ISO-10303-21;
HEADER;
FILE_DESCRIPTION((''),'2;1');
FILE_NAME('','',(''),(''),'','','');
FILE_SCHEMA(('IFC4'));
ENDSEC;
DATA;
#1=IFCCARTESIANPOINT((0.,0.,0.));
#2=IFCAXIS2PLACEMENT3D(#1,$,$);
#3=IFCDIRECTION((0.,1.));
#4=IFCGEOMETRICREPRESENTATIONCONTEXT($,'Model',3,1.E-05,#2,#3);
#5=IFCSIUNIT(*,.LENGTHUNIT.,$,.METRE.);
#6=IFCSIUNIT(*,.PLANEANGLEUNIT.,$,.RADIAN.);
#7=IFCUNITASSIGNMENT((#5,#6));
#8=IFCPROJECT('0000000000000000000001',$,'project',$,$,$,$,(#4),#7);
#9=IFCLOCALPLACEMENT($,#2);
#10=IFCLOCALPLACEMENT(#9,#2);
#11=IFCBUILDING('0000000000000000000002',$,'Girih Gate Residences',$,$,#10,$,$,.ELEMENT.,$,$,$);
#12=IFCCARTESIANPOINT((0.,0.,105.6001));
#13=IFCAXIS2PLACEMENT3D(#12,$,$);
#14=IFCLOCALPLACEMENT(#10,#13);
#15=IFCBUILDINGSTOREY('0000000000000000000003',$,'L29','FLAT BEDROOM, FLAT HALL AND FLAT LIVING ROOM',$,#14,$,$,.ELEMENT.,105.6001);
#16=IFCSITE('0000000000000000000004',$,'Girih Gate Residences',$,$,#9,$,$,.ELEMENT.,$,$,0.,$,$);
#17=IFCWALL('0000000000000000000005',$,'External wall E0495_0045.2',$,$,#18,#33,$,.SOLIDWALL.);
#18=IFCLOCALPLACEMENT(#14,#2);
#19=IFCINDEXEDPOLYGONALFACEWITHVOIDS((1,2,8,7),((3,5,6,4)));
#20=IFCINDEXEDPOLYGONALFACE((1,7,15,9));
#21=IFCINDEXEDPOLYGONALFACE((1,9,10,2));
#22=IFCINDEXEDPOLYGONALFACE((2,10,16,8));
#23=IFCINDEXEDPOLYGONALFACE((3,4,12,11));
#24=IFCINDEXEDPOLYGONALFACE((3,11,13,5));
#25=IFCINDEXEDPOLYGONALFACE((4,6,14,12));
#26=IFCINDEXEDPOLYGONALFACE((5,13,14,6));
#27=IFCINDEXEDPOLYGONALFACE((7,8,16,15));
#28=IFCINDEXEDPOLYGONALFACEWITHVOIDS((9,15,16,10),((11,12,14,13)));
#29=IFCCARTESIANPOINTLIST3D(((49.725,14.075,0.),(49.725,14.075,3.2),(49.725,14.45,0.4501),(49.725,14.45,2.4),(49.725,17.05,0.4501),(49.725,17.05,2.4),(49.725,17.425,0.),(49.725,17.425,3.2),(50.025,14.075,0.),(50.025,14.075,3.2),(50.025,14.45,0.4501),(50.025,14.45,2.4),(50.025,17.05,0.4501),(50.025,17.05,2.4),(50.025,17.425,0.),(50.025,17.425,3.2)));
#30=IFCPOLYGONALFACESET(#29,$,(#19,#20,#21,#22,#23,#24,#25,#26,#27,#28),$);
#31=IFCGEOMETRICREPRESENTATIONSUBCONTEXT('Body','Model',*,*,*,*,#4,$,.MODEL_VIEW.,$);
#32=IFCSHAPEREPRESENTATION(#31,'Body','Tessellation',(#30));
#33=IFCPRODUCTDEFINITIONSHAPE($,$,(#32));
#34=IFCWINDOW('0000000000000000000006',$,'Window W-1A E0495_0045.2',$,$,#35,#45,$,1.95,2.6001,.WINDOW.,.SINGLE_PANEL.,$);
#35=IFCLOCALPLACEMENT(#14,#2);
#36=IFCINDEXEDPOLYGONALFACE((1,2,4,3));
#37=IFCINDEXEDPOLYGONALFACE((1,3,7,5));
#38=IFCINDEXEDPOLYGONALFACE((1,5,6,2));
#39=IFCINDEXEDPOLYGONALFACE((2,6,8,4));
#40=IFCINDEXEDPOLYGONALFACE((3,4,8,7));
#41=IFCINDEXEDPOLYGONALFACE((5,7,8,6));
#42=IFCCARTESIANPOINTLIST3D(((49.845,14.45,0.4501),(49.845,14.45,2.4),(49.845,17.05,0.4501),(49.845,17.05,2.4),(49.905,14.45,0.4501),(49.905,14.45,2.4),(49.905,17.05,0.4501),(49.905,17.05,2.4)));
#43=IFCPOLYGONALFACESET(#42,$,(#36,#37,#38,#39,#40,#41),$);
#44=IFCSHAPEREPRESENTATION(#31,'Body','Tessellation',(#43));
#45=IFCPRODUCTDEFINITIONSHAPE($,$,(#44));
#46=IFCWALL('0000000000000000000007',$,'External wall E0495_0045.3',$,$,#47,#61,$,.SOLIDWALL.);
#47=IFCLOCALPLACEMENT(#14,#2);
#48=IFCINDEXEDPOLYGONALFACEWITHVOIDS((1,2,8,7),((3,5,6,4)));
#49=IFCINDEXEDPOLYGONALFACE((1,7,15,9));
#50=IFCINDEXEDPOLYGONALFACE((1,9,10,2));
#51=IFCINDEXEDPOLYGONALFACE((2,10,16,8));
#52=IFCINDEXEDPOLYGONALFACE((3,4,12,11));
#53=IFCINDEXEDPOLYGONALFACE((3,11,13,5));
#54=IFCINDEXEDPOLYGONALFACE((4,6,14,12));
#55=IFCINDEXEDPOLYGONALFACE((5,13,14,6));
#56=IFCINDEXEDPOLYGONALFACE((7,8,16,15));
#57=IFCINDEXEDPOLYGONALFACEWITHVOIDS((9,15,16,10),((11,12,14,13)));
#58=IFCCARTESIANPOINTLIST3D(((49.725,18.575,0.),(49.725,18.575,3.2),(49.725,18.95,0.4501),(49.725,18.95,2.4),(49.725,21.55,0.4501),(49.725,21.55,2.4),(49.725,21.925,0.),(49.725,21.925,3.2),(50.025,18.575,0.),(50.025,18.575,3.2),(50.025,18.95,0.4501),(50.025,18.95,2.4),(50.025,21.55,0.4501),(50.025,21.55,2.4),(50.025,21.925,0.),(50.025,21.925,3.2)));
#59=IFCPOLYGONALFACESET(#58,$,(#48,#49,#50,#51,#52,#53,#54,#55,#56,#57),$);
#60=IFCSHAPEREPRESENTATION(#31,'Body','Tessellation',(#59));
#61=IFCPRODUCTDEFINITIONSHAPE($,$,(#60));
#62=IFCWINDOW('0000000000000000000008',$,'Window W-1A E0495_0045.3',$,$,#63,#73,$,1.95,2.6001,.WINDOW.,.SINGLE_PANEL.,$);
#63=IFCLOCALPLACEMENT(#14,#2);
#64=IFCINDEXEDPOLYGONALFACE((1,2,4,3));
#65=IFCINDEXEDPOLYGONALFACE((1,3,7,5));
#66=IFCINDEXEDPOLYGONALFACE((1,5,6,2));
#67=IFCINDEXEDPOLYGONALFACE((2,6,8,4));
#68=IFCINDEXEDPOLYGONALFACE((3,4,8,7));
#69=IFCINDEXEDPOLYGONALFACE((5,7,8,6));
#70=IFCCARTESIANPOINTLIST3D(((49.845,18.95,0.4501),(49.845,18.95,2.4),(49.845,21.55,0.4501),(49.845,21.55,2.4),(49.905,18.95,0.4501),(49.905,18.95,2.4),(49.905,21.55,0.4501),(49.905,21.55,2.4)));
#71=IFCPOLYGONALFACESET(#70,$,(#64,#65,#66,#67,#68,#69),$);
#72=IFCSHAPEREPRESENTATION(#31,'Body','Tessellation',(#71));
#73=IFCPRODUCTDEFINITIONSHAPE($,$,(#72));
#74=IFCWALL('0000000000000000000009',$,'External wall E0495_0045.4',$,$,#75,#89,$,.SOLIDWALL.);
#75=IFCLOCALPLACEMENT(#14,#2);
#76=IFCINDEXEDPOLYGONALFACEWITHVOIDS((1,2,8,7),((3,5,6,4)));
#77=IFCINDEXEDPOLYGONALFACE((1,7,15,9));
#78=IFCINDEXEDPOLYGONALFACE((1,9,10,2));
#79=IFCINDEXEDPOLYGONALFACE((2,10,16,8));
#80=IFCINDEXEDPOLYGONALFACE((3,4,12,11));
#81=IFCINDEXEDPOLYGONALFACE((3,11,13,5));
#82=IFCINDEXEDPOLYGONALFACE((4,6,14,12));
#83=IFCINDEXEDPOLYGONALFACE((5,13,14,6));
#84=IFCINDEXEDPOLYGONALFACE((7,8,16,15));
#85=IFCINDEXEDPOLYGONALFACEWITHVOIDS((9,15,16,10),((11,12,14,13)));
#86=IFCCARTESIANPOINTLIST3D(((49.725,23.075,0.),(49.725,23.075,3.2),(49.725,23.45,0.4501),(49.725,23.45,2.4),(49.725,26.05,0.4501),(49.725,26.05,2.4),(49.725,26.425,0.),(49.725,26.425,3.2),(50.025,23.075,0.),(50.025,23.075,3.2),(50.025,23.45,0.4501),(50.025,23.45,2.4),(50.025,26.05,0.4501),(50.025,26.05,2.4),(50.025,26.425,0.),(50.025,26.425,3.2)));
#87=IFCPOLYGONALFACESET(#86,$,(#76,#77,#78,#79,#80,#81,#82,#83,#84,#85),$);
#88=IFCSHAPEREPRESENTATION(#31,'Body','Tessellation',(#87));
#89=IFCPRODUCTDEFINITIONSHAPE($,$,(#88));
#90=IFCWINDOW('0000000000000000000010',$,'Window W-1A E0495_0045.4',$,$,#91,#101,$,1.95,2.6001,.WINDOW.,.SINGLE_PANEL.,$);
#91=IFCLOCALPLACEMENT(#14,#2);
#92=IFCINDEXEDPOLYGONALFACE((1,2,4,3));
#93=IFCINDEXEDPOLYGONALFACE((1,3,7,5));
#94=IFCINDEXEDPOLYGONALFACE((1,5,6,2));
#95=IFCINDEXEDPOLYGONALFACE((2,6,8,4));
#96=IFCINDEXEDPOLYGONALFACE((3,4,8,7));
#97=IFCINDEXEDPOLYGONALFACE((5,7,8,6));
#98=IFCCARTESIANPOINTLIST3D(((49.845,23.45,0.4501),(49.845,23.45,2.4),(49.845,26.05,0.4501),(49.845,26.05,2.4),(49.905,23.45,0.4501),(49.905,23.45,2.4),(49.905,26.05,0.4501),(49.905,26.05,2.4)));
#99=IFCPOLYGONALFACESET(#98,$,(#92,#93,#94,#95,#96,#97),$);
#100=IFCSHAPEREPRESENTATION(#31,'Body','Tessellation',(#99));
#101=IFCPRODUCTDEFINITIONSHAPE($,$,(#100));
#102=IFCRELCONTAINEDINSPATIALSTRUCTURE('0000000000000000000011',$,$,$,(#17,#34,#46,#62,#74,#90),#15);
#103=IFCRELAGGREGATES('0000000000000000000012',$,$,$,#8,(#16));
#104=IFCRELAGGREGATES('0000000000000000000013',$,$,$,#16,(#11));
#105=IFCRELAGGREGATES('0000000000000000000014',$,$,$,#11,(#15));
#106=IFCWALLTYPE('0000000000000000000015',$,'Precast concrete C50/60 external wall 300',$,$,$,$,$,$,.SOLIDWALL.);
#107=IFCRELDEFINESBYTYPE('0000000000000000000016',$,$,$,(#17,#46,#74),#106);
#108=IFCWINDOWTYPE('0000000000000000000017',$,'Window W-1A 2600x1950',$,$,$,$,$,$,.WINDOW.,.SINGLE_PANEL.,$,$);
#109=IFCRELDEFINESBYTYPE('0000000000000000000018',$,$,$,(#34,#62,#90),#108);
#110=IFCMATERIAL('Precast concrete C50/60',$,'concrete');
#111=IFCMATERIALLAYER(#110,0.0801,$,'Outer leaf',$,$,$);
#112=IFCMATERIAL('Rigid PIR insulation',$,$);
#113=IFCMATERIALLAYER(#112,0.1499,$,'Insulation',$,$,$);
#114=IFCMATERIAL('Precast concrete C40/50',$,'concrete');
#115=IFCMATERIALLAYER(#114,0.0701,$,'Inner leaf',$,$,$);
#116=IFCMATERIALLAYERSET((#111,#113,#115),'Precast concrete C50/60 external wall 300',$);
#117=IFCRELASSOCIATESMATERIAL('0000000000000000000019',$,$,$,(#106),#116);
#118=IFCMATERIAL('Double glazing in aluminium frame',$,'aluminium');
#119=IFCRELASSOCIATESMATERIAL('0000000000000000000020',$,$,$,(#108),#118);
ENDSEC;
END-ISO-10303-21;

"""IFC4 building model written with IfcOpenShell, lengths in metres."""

from ifc_helpers import new_model, si_unit, direction, frame, frame_2d, origin, place, context, subcontext, project, spatial, rectangle, extrude, material, layer, layer_set, type_object, element, fill, save


model = new_model("IFC4")

# Units and contexts
model_context = context("Model", 3, precision=1e-05, world=origin(), true_north=direction((0.0, 1.0)))
body_context = subcontext(model_context, "Body", "Model", "MODEL_VIEW")
ifc_project = project(units=[si_unit("LENGTHUNIT", "METRE"), si_unit("PLANEANGLEUNIT", "RADIAN")], contexts=[model_context])

# Site, building, storey
site_placement = place(None, origin())
site = spatial("IfcSite", under=ifc_project, at=site_placement, Name="Girih Gate Residences", CompositionType="ELEMENT", RefElevation=0.0)
building_placement = place(site_placement, origin())
building = spatial("IfcBuilding", under=site, at=building_placement, Name="Girih Gate Residences", CompositionType="ELEMENT")
storey_placement = place(building_placement, frame((0.0, 0.0, 105.6001)))
storey = spatial("IfcBuildingStorey", under=building, at=storey_placement, Name="L29", Description="FLAT BEDROOM, FLAT HALL AND FLAT LIVING ROOM", CompositionType="ELEMENT", Elevation=105.6001)

# Walls, openings, windows
ifc_material_1 = material(Name="Precast concrete C50/60", Category="concrete")
ifc_layer_1 = layer(ifc_material_1, 0.0801, Name="Outer leaf")
ifc_material_2 = material(Name="Rigid PIR insulation")
ifc_layer_2 = layer(ifc_material_2, 0.1499, Name="Insulation")
ifc_material_3 = material(Name="Precast concrete C40/50", Category="concrete")
ifc_layer_3 = layer(ifc_material_3, 0.0701, Name="Inner leaf")
ifc_layer_set_1 = layer_set([ifc_layer_1, ifc_layer_2, ifc_layer_3], Name="Precast concrete C50/60 external wall 300")
wall_type_1 = type_object("IfcWallType", Name="Precast concrete C50/60 external wall 300", PredefinedType="SOLIDWALL", material=ifc_layer_set_1)
wall_1_placement = place(storey_placement, frame((49.875, 17.425, 0.0), z_axis=(0.0, 0.0, 1.0), x_axis=(0.0, -1.0, 0.0)))
wall_1 = element("IfcWall", 1, at=wall_1_placement, inside=storey, type_object=wall_type_1, Name="External wall E0495_0045.2", PredefinedType="SOLIDWALL", context=body_context, shape_type="SweptSolid", body=[
    extrude(rectangle(XDim=3.3501, YDim=0.3, at=frame_2d((1.675, 0.0))), origin(), (0.0, 0.0, 1.0), 3.2),
])
opening_1_placement = place(wall_1_placement, frame((0.375, 0.0, 0.45)))
opening_1 = element("IfcOpeningElement", 2, at=opening_1_placement, cuts=wall_1, PredefinedType="OPENING", context=body_context, shape_type="SweptSolid", body=[
    extrude(rectangle(XDim=2.6001, YDim=1.95, at=frame_2d((1.3, 0.9751))), frame((0.0, 0.1599, 0.0), z_axis=(0.0, -1.0, 0.0), x_axis=(1.0, 0.0, 0.0)), (0.0, 0.0, 1.0), 0.3201),
])
ifc_material_4 = material(Name="Double glazing in aluminium frame", Category="aluminium")
window_type = type_object("IfcWindowType", Name="Window W-1A 2600x1950", PartitioningType="SINGLE_PANEL", PredefinedType="WINDOW", material=ifc_material_4)
window_1_placement = place(opening_1_placement, origin())
window_1 = element("IfcWindow", 3, at=window_1_placement, inside=storey, type_object=window_type, Name="Window W-1A E0495_0045.2", OverallHeight=1.95, OverallWidth=2.6001, PartitioningType="SINGLE_PANEL", PredefinedType="WINDOW", context=body_context, shape_type="SweptSolid", body=[
    extrude(rectangle(XDim=2.6001, YDim=1.95, at=frame_2d((1.3, 0.9751))), frame((0.0, 0.03, 0.0), z_axis=(0.0, -1.0, 0.0), x_axis=(1.0, 0.0, 0.0)), (0.0, 0.0, 1.0), 0.0601),
])
fill(opening_1, window_1)
wall_2_placement = place(storey_placement, frame((49.875, 21.925, 0.0), z_axis=(0.0, 0.0, 1.0), x_axis=(0.0, -1.0, 0.0)))
wall_2 = element("IfcWall", 4, at=wall_2_placement, inside=storey, type_object=wall_type_1, Name="External wall E0495_0045.3", PredefinedType="SOLIDWALL", context=body_context, shape_type="SweptSolid", body=[
    extrude(rectangle(XDim=3.3501, YDim=0.3, at=frame_2d((1.675, 0.0))), origin(), (0.0, 0.0, 1.0), 3.2),
])
opening_2_placement = place(wall_2_placement, frame((0.375, 0.0, 0.45)))
opening_2 = element("IfcOpeningElement", 5, at=opening_2_placement, cuts=wall_2, PredefinedType="OPENING", context=body_context, shape_type="SweptSolid", body=[
    extrude(rectangle(XDim=2.6001, YDim=1.95, at=frame_2d((1.3, 0.9751))), frame((0.0, 0.1599, 0.0), z_axis=(0.0, -1.0, 0.0), x_axis=(1.0, 0.0, 0.0)), (0.0, 0.0, 1.0), 0.3201),
])
window_2_placement = place(opening_2_placement, origin())
window_2 = element("IfcWindow", 6, at=window_2_placement, inside=storey, type_object=window_type, Name="Window W-1A E0495_0045.3", OverallHeight=1.95, OverallWidth=2.6001, PartitioningType="SINGLE_PANEL", PredefinedType="WINDOW", context=body_context, shape_type="SweptSolid", body=[
    extrude(rectangle(XDim=2.6001, YDim=1.95, at=frame_2d((1.3, 0.9751))), frame((0.0, 0.03, 0.0), z_axis=(0.0, -1.0, 0.0), x_axis=(1.0, 0.0, 0.0)), (0.0, 0.0, 1.0), 0.0601),
])
fill(opening_2, window_2)
wall_3_placement = place(storey_placement, frame((49.875, 26.425, 0.0), z_axis=(0.0, 0.0, 1.0), x_axis=(0.0, -1.0, 0.0)))
wall_3 = element("IfcWall", 7, at=wall_3_placement, inside=storey, type_object=wall_type_1, Name="External wall E0495_0045.4", PredefinedType="SOLIDWALL", context=body_context, shape_type="SweptSolid", body=[
    extrude(rectangle(XDim=3.3501, YDim=0.3, at=frame_2d((1.675, 0.0))), origin(), (0.0, 0.0, 1.0), 3.2),
])
opening_3_placement = place(wall_3_placement, frame((0.375, 0.0, 0.45)))
opening_3 = element("IfcOpeningElement", 8, at=opening_3_placement, cuts=wall_3, PredefinedType="OPENING", context=body_context, shape_type="SweptSolid", body=[
    extrude(rectangle(XDim=2.6001, YDim=1.95, at=frame_2d((1.3, 0.9751))), frame((0.0, 0.1599, 0.0), z_axis=(0.0, -1.0, 0.0), x_axis=(1.0, 0.0, 0.0)), (0.0, 0.0, 1.0), 0.3201),
])
window_3_placement = place(opening_3_placement, origin())
window_3 = element("IfcWindow", 9, at=window_3_placement, inside=storey, type_object=window_type, Name="Window W-1A E0495_0045.4", OverallHeight=1.95, OverallWidth=2.6001, PartitioningType="SINGLE_PANEL", PredefinedType="WINDOW", context=body_context, shape_type="SweptSolid", body=[
    extrude(rectangle(XDim=2.6001, YDim=1.95, at=frame_2d((1.3, 0.9751))), frame((0.0, 0.03, 0.0), z_axis=(0.0, -1.0, 0.0), x_axis=(1.0, 0.0, 0.0)), (0.0, 0.0, 1.0), 0.0601),
])
fill(opening_3, window_3)

save(model, "model.ifc")
